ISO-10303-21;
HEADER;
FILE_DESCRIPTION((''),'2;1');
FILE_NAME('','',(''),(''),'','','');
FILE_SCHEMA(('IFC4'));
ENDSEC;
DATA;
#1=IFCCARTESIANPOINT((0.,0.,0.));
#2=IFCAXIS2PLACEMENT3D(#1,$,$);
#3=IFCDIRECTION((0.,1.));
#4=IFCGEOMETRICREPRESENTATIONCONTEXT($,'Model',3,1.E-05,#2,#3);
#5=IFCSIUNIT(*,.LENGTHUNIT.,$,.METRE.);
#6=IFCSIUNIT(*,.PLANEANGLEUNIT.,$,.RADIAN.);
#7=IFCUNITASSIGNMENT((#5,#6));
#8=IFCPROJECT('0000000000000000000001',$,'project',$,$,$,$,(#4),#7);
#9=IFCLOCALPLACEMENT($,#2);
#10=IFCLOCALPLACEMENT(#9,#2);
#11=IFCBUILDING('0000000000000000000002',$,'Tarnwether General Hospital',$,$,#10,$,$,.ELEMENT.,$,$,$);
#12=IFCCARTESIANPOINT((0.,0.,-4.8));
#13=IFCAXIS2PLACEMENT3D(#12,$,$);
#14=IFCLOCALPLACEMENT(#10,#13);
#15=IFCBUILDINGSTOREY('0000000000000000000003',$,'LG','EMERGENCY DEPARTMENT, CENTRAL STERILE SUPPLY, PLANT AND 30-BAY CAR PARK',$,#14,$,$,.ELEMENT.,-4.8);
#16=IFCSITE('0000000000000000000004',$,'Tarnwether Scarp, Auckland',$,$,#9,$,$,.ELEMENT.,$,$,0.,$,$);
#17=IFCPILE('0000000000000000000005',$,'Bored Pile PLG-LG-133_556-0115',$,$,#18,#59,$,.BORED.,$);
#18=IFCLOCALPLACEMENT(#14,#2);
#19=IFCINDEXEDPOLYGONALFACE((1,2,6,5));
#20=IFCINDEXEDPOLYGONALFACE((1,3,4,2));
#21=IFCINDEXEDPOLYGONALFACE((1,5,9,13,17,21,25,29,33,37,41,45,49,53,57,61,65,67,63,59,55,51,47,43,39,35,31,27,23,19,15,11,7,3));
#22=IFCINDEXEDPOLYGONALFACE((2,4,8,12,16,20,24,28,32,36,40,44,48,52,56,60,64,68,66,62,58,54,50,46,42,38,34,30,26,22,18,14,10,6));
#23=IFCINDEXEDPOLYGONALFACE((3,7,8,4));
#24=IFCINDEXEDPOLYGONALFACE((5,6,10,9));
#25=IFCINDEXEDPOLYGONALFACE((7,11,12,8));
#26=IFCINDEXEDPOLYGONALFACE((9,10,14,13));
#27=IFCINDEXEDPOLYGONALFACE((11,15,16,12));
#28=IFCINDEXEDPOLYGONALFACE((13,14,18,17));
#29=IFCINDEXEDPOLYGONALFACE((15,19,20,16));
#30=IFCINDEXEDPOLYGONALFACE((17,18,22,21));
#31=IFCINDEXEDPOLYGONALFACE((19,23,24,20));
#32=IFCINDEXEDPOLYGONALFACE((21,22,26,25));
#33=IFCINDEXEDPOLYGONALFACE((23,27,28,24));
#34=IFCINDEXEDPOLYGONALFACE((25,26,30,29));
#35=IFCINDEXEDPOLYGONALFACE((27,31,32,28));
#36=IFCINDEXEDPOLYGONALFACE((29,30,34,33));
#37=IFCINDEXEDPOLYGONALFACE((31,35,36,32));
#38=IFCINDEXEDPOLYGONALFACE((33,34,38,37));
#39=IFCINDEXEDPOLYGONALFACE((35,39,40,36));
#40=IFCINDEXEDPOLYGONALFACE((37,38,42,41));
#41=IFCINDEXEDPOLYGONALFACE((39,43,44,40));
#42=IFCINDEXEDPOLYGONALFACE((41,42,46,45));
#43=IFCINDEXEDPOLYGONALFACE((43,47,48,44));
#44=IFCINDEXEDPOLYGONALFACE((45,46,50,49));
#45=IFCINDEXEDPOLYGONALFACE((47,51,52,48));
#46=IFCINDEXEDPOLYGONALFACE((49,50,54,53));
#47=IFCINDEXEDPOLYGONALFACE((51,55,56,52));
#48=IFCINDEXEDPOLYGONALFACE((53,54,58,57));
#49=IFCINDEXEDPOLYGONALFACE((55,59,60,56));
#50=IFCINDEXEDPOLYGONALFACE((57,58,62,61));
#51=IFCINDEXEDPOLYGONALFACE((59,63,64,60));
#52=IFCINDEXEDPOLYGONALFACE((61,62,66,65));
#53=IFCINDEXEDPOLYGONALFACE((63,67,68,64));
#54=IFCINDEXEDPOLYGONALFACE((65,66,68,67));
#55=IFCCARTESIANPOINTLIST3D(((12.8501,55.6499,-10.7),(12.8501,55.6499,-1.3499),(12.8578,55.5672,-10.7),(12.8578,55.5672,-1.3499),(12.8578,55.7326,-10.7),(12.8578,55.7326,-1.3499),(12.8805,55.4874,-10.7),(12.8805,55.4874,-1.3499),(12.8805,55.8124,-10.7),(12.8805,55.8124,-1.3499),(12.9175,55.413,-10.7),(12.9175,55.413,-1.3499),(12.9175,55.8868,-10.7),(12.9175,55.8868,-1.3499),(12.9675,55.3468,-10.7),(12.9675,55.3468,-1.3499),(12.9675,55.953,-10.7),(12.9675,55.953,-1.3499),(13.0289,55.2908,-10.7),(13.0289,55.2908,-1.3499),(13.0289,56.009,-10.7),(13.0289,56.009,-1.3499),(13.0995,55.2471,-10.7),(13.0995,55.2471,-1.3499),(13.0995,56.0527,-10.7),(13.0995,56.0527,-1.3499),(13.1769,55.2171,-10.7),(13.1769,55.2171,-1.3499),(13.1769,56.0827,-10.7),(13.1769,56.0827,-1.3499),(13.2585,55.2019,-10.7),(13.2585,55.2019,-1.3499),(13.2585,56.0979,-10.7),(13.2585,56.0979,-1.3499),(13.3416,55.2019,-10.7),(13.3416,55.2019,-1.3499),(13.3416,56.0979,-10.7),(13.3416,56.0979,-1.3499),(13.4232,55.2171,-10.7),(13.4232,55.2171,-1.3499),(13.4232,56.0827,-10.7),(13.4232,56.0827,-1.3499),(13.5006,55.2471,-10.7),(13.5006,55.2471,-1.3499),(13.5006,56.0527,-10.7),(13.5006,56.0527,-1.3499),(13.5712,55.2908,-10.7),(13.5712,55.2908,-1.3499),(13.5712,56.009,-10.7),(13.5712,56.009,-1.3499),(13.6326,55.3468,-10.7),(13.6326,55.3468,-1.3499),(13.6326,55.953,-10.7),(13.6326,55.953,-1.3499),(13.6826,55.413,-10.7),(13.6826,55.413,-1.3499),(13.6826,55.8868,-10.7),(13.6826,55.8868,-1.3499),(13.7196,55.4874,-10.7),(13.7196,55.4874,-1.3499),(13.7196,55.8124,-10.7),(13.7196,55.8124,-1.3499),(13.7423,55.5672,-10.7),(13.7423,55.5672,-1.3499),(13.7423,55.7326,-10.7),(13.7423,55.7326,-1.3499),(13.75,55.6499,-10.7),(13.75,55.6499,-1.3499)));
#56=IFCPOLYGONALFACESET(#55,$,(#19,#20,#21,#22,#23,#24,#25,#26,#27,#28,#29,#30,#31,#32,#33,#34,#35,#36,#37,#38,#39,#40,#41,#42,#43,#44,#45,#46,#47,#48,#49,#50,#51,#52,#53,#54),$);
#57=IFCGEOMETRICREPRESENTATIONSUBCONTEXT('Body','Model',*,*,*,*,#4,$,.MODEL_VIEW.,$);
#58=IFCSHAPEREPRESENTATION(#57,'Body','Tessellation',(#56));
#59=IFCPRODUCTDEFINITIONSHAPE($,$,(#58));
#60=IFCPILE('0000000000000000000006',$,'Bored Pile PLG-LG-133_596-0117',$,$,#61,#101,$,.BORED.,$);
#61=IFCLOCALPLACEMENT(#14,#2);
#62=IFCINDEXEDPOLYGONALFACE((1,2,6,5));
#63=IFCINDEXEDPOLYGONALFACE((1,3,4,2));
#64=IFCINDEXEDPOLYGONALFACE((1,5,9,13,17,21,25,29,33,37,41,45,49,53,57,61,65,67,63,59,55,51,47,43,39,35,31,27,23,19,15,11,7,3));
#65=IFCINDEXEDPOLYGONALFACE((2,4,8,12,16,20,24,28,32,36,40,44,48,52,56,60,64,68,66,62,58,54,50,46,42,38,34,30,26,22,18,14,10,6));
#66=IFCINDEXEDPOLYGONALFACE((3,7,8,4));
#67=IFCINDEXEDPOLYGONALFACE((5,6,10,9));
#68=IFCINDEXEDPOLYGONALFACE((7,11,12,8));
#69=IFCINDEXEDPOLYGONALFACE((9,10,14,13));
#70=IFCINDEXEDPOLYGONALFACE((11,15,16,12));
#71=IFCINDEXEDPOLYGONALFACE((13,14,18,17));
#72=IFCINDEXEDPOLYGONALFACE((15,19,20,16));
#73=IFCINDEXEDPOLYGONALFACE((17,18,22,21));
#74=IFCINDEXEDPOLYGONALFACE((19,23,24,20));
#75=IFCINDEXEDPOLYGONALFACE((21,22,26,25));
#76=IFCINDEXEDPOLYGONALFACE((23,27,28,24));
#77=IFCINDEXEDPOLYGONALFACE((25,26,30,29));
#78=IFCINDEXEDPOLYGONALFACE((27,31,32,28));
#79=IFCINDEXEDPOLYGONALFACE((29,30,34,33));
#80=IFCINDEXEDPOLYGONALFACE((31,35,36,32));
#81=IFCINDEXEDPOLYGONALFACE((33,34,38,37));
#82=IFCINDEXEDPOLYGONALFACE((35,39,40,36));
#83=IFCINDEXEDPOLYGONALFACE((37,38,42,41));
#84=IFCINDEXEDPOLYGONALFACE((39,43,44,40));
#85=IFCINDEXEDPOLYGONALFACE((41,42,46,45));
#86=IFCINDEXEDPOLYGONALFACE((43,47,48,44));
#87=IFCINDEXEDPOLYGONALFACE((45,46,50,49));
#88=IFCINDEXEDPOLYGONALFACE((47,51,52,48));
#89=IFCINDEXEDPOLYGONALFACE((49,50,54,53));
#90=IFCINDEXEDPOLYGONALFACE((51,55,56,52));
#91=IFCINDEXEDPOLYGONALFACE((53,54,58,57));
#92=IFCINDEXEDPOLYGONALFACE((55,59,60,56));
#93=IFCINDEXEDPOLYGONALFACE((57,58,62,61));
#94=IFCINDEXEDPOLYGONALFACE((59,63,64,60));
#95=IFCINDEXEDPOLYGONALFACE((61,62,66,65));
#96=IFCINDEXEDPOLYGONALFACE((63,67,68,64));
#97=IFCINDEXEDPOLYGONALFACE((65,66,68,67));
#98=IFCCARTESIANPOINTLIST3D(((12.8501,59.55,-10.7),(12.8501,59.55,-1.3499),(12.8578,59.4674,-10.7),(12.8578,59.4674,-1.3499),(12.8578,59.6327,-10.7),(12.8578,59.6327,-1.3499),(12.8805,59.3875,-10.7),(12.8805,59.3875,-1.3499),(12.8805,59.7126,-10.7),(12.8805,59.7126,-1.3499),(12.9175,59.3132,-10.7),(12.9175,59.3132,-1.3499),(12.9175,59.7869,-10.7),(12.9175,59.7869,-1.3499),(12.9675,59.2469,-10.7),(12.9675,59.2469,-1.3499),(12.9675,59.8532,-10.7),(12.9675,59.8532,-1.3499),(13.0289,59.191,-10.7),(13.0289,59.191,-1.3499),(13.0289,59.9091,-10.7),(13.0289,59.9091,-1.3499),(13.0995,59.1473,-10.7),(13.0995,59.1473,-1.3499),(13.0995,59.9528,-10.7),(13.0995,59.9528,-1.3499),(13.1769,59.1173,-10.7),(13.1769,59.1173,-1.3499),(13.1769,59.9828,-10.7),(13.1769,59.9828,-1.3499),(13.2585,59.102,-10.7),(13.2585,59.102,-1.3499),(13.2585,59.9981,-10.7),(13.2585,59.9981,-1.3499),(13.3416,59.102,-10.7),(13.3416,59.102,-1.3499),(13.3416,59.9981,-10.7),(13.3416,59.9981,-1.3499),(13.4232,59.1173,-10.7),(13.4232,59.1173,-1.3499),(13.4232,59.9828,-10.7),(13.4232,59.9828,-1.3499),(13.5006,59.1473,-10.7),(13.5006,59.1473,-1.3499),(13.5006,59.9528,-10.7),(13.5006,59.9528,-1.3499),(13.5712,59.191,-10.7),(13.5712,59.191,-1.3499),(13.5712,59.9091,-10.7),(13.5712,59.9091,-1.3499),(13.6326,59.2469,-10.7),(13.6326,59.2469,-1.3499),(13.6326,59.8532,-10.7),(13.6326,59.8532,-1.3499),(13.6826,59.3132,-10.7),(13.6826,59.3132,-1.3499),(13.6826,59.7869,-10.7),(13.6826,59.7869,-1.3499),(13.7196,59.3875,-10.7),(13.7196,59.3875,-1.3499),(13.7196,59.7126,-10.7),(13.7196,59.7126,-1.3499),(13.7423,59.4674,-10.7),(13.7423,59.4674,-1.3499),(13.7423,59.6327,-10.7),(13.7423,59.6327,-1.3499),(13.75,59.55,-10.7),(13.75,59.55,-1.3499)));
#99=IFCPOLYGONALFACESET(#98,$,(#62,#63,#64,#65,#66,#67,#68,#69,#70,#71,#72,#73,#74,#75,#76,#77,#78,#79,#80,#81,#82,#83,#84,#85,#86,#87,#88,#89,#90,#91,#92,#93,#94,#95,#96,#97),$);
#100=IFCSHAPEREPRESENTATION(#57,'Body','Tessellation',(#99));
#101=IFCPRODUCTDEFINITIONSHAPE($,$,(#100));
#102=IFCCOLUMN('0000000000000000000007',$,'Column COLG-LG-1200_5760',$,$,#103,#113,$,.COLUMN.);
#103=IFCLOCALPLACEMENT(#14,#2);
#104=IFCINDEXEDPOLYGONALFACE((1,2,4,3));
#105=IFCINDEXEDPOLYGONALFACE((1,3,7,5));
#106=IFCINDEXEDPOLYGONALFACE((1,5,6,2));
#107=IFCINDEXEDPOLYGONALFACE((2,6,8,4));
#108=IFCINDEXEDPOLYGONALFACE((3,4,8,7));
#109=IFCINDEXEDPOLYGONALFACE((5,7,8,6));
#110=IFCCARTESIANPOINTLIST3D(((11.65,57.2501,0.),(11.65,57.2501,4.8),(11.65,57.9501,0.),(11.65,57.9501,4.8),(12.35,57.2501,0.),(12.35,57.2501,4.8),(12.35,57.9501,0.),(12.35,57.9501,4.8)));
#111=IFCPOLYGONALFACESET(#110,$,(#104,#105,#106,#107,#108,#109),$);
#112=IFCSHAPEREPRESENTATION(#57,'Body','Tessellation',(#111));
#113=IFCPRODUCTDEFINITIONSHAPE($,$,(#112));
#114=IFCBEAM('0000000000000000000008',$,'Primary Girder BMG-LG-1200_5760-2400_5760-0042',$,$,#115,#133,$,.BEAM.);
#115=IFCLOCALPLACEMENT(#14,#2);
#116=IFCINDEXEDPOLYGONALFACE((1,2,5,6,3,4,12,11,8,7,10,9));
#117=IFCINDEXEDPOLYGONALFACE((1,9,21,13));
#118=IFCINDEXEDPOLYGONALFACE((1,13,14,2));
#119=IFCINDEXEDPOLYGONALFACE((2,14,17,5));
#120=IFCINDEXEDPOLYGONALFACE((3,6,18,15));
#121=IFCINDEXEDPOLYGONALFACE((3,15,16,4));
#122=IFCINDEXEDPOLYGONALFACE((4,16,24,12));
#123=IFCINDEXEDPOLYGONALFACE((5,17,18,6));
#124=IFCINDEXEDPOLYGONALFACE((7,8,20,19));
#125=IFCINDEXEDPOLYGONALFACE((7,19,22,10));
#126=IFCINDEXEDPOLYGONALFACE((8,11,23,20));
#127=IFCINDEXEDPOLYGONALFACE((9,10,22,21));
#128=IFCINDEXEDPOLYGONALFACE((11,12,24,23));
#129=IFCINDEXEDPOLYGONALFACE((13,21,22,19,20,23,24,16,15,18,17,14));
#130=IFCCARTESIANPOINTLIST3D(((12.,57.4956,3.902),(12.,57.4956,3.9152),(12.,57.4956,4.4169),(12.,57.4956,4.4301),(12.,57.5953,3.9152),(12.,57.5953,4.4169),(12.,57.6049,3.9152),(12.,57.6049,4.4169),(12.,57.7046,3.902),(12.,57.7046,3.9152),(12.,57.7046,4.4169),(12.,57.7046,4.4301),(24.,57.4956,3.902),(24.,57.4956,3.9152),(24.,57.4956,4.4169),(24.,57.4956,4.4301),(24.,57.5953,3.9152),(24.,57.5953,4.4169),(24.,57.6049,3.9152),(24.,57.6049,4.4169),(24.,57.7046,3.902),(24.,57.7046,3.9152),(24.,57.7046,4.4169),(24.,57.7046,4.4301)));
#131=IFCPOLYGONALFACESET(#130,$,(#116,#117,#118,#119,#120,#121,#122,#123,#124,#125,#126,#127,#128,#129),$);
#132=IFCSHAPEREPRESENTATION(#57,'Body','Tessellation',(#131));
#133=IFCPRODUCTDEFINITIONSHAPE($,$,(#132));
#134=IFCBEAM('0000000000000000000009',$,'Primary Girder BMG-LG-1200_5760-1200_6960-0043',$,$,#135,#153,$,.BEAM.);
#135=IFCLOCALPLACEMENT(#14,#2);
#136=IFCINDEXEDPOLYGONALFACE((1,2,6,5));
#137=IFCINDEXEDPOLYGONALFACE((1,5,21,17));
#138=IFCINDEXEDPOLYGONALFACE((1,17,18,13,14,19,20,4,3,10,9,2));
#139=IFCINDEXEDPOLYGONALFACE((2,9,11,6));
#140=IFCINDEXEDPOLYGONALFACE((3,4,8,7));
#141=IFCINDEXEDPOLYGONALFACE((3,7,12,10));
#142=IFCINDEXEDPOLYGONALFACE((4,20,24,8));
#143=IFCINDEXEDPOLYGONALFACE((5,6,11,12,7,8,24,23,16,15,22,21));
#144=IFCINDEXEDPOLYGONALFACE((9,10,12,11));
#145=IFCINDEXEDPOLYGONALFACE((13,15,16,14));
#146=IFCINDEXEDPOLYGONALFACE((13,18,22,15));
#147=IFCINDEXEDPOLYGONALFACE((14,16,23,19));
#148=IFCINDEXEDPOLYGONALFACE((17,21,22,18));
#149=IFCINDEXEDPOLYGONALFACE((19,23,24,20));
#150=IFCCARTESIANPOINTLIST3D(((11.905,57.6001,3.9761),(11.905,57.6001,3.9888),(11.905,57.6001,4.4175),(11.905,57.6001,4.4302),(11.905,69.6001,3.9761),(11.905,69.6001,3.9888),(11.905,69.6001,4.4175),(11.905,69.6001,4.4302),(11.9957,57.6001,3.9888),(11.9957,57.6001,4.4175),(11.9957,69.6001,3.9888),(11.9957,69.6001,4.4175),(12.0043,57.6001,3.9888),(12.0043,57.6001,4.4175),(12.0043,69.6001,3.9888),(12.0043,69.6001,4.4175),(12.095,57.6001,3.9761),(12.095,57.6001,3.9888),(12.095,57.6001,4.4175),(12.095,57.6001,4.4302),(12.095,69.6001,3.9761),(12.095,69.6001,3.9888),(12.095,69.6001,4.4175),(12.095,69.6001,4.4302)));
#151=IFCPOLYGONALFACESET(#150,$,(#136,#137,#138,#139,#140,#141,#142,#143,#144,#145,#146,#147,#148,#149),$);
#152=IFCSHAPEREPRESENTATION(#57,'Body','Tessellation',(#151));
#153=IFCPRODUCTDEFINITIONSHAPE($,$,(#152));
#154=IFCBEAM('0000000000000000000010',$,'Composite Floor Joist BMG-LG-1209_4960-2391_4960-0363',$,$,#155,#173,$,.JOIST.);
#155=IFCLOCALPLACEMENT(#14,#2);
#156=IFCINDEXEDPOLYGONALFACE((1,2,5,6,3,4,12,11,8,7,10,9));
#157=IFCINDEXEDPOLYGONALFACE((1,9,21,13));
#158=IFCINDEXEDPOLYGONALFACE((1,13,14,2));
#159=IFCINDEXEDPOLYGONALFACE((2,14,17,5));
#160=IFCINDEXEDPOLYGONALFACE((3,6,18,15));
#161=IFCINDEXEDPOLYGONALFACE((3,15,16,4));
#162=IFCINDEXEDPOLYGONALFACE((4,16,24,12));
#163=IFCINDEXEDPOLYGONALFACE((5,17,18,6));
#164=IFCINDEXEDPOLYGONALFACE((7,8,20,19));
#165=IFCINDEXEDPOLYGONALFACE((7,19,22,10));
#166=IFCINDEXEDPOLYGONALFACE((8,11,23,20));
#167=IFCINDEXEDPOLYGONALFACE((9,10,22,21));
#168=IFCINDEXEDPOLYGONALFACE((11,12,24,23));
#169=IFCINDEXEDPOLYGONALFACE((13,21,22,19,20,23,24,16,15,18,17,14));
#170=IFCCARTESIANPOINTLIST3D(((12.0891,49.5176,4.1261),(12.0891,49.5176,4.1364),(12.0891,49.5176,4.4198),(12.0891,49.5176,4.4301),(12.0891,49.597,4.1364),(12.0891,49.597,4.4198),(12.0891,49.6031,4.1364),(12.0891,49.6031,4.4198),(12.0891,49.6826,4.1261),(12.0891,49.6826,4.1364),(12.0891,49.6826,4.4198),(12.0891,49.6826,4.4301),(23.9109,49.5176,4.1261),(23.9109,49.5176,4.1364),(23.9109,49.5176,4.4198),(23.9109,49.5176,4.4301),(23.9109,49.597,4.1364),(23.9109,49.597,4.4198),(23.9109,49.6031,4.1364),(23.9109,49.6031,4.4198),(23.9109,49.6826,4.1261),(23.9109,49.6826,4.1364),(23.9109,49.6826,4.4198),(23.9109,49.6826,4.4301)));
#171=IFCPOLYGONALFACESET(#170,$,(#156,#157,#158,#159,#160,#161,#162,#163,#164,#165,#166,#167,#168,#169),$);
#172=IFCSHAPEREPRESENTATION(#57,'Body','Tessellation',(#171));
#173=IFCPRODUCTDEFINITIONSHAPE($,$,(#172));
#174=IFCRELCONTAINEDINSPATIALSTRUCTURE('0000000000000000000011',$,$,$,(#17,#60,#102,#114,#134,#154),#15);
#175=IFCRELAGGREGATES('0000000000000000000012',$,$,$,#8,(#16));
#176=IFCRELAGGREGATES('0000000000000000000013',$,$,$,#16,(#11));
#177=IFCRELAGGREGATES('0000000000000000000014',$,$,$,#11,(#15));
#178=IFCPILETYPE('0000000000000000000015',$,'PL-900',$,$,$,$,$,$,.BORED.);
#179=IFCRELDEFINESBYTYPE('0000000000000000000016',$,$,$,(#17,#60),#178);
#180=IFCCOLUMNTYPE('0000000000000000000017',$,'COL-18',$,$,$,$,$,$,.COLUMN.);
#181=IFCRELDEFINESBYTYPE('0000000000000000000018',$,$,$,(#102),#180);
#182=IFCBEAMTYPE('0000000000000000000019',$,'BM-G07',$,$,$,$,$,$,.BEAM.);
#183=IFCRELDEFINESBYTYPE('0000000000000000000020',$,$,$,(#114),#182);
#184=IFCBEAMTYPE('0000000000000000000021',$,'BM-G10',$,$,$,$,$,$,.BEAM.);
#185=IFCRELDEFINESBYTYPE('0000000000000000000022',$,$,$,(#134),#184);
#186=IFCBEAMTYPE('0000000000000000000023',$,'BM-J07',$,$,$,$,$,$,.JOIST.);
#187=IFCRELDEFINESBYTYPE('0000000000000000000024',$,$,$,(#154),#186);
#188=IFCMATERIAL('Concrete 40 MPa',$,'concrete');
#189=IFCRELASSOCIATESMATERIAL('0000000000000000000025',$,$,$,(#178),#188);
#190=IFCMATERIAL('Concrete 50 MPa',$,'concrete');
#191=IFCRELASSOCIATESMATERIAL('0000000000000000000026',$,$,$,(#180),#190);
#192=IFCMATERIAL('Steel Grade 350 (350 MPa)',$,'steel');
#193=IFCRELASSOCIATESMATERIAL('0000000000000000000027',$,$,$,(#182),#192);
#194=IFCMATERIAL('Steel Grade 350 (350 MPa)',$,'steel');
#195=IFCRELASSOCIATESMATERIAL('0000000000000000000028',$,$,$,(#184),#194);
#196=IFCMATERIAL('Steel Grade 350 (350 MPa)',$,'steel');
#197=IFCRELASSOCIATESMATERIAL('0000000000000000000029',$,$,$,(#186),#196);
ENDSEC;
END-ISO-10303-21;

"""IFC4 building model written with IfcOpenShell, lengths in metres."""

from ifc_helpers import new_model, si_unit, direction, frame, origin, origin_2d, place, context, subcontext, project, spatial, rectangle, circle, i_section, extrude, material, material_profile, profile_set, type_object, element, save


model = new_model("IFC4")

# Units and contexts
model_context = context("Model", 3, precision=1e-05, world=origin(), true_north=direction((0.0, 1.0)))
body_context = subcontext(model_context, "Body", "Model", "MODEL_VIEW")
ifc_project = project(units=[si_unit("LENGTHUNIT", "METRE"), si_unit("PLANEANGLEUNIT", "RADIAN")], contexts=[model_context])

# Site, building, storey
site_placement = place(None, origin())
site = spatial("IfcSite", under=ifc_project, at=site_placement, Name="Tarnwether Scarp, Auckland", CompositionType="ELEMENT", RefElevation=0.0)
building_placement = place(site_placement, origin())
building = spatial("IfcBuilding", under=site, at=building_placement, Name="Tarnwether General Hospital", CompositionType="ELEMENT")
storey_placement = place(building_placement, frame((0.0, 0.0, -4.8)))
storey = spatial("IfcBuildingStorey", under=building, at=storey_placement, Name="LG", Description="EMERGENCY DEPARTMENT, CENTRAL STERILE SUPPLY, PLANT AND 30-BAY CAR PARK", CompositionType="ELEMENT", Elevation=-4.8)

# Piles
ifc_material_1 = material(Name="Concrete 40 MPa", Category="concrete")
ifc_material_profile_1 = material_profile(ifc_material_1, circle(Radius=0.45, at=origin_2d()), Name="PILE-D900")
ifc_profile_set_1 = profile_set([ifc_material_profile_1], Name="Concrete 40 MPa")
pile_type_1 = type_object("IfcPileType", Name="PL-900", PredefinedType="BORED", material=ifc_profile_set_1)
for number, where, z_axis, x_axis, name in (
    (1, (13.3, 55.6499, -1.3499), (0.0, 0.0, -1.0), (1.0, 0.0, 0.0), "Bored Pile PLG-LG-133_556-0115"),
    (2, (13.3, 59.55, -1.3499), (0.0, 0.0, -1.0), (1.0, 0.0, 0.0), "Bored Pile PLG-LG-133_596-0117"),
):
    element("IfcPile", number, at=place(storey_placement, frame(where, z_axis=z_axis, x_axis=x_axis)), inside=storey, type_object=pile_type_1, Name=name, PredefinedType="BORED", context=body_context, shape_type="SweptSolid", body=[
        extrude(circle(Radius=0.45, at=origin_2d()), origin(), (0.0, 0.0, 1.0), 9.3501),
    ])

# Column
ifc_material_2 = material(Name="Concrete 50 MPa", Category="concrete")
ifc_material_profile_2 = material_profile(ifc_material_2, rectangle(XDim=0.7, YDim=0.7, at=origin_2d()), Name="RC-COL-700x700")
ifc_profile_set_2 = profile_set([ifc_material_profile_2], Name="Concrete 50 MPa")
column_type = type_object("IfcColumnType", Name="COL-18", PredefinedType="COLUMN", material=ifc_profile_set_2)
column_placement = place(storey_placement, frame((12.0, 57.6001, 0.0), z_axis=(0.0, 0.0, 1.0), x_axis=(0.0, 1.0, 0.0)))
element("IfcColumn", 3, at=column_placement, inside=storey, type_object=column_type, Name="Column COLG-LG-1200_5760", PredefinedType="COLUMN", context=body_context, shape_type="SweptSolid", body=[
    extrude(rectangle(XDim=0.7, YDim=0.7, at=origin_2d()), origin(), (0.0, 0.0, 1.0), 4.8),
])

# Beams
ifc_material_3 = material(Name="Steel Grade 350 (350 MPa)", Category="steel")
ifc_material_profile_3 = material_profile(ifc_material_3, i_section(OverallWidth=0.209, OverallDepth=0.5281, WebThickness=0.0095, FlangeThickness=0.0132, at=origin_2d()), Name="530UB82.0")
ifc_profile_set_3 = profile_set([ifc_material_profile_3], Name="Steel Grade 350 (350 MPa)")
beam_type_1 = type_object("IfcBeamType", Name="BM-G07", PredefinedType="BEAM", material=ifc_profile_set_3)
beam_1_placement = place(storey_placement, frame((12.0, 57.6001, 4.166), z_axis=(1.0, 0.0, 0.0), x_axis=(0.0, 1.0, 0.0)))
element("IfcBeam", 4, at=beam_1_placement, inside=storey, type_object=beam_type_1, Name="Primary Girder BMG-LG-1200_5760-2400_5760-0042", PredefinedType="BEAM", context=body_context, shape_type="SweptSolid", body=[
    extrude(i_section(OverallWidth=0.209, OverallDepth=0.5281, WebThickness=0.0095, FlangeThickness=0.0132, at=origin_2d()), origin(), (0.0, 0.0, 1.0), 12.0),
])
ifc_material_4 = material(Name="Steel Grade 350 (350 MPa)", Category="steel")
ifc_material_profile_4 = material_profile(ifc_material_4, i_section(OverallWidth=0.1899, OverallDepth=0.4541, WebThickness=0.0085, FlangeThickness=0.0127, at=origin_2d()), Name="460UB67.1")
ifc_profile_set_4 = profile_set([ifc_material_profile_4], Name="Steel Grade 350 (350 MPa)")
beam_type_2 = type_object("IfcBeamType", Name="BM-G10", PredefinedType="BEAM", material=ifc_profile_set_4)
beam_2_placement = place(storey_placement, frame((12.0, 57.6001, 4.2031), z_axis=(0.0, 1.0, 0.0), x_axis=(-1.0, 0.0, 0.0)))
element("IfcBeam", 5, at=beam_2_placement, inside=storey, type_object=beam_type_2, Name="Primary Girder BMG-LG-1200_5760-1200_6960-0043", PredefinedType="BEAM", context=body_context, shape_type="SweptSolid", body=[
    extrude(i_section(OverallWidth=0.1899, OverallDepth=0.4541, WebThickness=0.0085, FlangeThickness=0.0127, at=origin_2d()), origin(), (0.0, 0.0, 1.0), 12.0),
])
ifc_material_5 = material(Name="Steel Grade 350 (350 MPa)", Category="steel")
ifc_material_profile_5 = material_profile(ifc_material_5, i_section(OverallWidth=0.165, OverallDepth=0.304, WebThickness=0.0061, FlangeThickness=0.0103, at=origin_2d()), Name="310UB40.4")
ifc_profile_set_5 = profile_set([ifc_material_profile_5], Name="Steel Grade 350 (350 MPa)")
beam_type_3 = type_object("IfcBeamType", Name="BM-J07", PredefinedType="JOIST", material=ifc_profile_set_5)
beam_3_placement = place(storey_placement, frame((12.0891, 49.6001, 4.2781), z_axis=(1.0, 0.0, 0.0), x_axis=(0.0, 1.0, 0.0)))
element("IfcBeam", 6, at=beam_3_placement, inside=storey, type_object=beam_type_3, Name="Composite Floor Joist BMG-LG-1209_4960-2391_4960-0363", PredefinedType="JOIST", context=body_context, shape_type="SweptSolid", body=[
    extrude(i_section(OverallWidth=0.165, OverallDepth=0.304, WebThickness=0.0061, FlangeThickness=0.0103, at=origin_2d()), origin(), (0.0, 0.0, 1.0), 11.8218),
])

save(model, "model.ifc")
